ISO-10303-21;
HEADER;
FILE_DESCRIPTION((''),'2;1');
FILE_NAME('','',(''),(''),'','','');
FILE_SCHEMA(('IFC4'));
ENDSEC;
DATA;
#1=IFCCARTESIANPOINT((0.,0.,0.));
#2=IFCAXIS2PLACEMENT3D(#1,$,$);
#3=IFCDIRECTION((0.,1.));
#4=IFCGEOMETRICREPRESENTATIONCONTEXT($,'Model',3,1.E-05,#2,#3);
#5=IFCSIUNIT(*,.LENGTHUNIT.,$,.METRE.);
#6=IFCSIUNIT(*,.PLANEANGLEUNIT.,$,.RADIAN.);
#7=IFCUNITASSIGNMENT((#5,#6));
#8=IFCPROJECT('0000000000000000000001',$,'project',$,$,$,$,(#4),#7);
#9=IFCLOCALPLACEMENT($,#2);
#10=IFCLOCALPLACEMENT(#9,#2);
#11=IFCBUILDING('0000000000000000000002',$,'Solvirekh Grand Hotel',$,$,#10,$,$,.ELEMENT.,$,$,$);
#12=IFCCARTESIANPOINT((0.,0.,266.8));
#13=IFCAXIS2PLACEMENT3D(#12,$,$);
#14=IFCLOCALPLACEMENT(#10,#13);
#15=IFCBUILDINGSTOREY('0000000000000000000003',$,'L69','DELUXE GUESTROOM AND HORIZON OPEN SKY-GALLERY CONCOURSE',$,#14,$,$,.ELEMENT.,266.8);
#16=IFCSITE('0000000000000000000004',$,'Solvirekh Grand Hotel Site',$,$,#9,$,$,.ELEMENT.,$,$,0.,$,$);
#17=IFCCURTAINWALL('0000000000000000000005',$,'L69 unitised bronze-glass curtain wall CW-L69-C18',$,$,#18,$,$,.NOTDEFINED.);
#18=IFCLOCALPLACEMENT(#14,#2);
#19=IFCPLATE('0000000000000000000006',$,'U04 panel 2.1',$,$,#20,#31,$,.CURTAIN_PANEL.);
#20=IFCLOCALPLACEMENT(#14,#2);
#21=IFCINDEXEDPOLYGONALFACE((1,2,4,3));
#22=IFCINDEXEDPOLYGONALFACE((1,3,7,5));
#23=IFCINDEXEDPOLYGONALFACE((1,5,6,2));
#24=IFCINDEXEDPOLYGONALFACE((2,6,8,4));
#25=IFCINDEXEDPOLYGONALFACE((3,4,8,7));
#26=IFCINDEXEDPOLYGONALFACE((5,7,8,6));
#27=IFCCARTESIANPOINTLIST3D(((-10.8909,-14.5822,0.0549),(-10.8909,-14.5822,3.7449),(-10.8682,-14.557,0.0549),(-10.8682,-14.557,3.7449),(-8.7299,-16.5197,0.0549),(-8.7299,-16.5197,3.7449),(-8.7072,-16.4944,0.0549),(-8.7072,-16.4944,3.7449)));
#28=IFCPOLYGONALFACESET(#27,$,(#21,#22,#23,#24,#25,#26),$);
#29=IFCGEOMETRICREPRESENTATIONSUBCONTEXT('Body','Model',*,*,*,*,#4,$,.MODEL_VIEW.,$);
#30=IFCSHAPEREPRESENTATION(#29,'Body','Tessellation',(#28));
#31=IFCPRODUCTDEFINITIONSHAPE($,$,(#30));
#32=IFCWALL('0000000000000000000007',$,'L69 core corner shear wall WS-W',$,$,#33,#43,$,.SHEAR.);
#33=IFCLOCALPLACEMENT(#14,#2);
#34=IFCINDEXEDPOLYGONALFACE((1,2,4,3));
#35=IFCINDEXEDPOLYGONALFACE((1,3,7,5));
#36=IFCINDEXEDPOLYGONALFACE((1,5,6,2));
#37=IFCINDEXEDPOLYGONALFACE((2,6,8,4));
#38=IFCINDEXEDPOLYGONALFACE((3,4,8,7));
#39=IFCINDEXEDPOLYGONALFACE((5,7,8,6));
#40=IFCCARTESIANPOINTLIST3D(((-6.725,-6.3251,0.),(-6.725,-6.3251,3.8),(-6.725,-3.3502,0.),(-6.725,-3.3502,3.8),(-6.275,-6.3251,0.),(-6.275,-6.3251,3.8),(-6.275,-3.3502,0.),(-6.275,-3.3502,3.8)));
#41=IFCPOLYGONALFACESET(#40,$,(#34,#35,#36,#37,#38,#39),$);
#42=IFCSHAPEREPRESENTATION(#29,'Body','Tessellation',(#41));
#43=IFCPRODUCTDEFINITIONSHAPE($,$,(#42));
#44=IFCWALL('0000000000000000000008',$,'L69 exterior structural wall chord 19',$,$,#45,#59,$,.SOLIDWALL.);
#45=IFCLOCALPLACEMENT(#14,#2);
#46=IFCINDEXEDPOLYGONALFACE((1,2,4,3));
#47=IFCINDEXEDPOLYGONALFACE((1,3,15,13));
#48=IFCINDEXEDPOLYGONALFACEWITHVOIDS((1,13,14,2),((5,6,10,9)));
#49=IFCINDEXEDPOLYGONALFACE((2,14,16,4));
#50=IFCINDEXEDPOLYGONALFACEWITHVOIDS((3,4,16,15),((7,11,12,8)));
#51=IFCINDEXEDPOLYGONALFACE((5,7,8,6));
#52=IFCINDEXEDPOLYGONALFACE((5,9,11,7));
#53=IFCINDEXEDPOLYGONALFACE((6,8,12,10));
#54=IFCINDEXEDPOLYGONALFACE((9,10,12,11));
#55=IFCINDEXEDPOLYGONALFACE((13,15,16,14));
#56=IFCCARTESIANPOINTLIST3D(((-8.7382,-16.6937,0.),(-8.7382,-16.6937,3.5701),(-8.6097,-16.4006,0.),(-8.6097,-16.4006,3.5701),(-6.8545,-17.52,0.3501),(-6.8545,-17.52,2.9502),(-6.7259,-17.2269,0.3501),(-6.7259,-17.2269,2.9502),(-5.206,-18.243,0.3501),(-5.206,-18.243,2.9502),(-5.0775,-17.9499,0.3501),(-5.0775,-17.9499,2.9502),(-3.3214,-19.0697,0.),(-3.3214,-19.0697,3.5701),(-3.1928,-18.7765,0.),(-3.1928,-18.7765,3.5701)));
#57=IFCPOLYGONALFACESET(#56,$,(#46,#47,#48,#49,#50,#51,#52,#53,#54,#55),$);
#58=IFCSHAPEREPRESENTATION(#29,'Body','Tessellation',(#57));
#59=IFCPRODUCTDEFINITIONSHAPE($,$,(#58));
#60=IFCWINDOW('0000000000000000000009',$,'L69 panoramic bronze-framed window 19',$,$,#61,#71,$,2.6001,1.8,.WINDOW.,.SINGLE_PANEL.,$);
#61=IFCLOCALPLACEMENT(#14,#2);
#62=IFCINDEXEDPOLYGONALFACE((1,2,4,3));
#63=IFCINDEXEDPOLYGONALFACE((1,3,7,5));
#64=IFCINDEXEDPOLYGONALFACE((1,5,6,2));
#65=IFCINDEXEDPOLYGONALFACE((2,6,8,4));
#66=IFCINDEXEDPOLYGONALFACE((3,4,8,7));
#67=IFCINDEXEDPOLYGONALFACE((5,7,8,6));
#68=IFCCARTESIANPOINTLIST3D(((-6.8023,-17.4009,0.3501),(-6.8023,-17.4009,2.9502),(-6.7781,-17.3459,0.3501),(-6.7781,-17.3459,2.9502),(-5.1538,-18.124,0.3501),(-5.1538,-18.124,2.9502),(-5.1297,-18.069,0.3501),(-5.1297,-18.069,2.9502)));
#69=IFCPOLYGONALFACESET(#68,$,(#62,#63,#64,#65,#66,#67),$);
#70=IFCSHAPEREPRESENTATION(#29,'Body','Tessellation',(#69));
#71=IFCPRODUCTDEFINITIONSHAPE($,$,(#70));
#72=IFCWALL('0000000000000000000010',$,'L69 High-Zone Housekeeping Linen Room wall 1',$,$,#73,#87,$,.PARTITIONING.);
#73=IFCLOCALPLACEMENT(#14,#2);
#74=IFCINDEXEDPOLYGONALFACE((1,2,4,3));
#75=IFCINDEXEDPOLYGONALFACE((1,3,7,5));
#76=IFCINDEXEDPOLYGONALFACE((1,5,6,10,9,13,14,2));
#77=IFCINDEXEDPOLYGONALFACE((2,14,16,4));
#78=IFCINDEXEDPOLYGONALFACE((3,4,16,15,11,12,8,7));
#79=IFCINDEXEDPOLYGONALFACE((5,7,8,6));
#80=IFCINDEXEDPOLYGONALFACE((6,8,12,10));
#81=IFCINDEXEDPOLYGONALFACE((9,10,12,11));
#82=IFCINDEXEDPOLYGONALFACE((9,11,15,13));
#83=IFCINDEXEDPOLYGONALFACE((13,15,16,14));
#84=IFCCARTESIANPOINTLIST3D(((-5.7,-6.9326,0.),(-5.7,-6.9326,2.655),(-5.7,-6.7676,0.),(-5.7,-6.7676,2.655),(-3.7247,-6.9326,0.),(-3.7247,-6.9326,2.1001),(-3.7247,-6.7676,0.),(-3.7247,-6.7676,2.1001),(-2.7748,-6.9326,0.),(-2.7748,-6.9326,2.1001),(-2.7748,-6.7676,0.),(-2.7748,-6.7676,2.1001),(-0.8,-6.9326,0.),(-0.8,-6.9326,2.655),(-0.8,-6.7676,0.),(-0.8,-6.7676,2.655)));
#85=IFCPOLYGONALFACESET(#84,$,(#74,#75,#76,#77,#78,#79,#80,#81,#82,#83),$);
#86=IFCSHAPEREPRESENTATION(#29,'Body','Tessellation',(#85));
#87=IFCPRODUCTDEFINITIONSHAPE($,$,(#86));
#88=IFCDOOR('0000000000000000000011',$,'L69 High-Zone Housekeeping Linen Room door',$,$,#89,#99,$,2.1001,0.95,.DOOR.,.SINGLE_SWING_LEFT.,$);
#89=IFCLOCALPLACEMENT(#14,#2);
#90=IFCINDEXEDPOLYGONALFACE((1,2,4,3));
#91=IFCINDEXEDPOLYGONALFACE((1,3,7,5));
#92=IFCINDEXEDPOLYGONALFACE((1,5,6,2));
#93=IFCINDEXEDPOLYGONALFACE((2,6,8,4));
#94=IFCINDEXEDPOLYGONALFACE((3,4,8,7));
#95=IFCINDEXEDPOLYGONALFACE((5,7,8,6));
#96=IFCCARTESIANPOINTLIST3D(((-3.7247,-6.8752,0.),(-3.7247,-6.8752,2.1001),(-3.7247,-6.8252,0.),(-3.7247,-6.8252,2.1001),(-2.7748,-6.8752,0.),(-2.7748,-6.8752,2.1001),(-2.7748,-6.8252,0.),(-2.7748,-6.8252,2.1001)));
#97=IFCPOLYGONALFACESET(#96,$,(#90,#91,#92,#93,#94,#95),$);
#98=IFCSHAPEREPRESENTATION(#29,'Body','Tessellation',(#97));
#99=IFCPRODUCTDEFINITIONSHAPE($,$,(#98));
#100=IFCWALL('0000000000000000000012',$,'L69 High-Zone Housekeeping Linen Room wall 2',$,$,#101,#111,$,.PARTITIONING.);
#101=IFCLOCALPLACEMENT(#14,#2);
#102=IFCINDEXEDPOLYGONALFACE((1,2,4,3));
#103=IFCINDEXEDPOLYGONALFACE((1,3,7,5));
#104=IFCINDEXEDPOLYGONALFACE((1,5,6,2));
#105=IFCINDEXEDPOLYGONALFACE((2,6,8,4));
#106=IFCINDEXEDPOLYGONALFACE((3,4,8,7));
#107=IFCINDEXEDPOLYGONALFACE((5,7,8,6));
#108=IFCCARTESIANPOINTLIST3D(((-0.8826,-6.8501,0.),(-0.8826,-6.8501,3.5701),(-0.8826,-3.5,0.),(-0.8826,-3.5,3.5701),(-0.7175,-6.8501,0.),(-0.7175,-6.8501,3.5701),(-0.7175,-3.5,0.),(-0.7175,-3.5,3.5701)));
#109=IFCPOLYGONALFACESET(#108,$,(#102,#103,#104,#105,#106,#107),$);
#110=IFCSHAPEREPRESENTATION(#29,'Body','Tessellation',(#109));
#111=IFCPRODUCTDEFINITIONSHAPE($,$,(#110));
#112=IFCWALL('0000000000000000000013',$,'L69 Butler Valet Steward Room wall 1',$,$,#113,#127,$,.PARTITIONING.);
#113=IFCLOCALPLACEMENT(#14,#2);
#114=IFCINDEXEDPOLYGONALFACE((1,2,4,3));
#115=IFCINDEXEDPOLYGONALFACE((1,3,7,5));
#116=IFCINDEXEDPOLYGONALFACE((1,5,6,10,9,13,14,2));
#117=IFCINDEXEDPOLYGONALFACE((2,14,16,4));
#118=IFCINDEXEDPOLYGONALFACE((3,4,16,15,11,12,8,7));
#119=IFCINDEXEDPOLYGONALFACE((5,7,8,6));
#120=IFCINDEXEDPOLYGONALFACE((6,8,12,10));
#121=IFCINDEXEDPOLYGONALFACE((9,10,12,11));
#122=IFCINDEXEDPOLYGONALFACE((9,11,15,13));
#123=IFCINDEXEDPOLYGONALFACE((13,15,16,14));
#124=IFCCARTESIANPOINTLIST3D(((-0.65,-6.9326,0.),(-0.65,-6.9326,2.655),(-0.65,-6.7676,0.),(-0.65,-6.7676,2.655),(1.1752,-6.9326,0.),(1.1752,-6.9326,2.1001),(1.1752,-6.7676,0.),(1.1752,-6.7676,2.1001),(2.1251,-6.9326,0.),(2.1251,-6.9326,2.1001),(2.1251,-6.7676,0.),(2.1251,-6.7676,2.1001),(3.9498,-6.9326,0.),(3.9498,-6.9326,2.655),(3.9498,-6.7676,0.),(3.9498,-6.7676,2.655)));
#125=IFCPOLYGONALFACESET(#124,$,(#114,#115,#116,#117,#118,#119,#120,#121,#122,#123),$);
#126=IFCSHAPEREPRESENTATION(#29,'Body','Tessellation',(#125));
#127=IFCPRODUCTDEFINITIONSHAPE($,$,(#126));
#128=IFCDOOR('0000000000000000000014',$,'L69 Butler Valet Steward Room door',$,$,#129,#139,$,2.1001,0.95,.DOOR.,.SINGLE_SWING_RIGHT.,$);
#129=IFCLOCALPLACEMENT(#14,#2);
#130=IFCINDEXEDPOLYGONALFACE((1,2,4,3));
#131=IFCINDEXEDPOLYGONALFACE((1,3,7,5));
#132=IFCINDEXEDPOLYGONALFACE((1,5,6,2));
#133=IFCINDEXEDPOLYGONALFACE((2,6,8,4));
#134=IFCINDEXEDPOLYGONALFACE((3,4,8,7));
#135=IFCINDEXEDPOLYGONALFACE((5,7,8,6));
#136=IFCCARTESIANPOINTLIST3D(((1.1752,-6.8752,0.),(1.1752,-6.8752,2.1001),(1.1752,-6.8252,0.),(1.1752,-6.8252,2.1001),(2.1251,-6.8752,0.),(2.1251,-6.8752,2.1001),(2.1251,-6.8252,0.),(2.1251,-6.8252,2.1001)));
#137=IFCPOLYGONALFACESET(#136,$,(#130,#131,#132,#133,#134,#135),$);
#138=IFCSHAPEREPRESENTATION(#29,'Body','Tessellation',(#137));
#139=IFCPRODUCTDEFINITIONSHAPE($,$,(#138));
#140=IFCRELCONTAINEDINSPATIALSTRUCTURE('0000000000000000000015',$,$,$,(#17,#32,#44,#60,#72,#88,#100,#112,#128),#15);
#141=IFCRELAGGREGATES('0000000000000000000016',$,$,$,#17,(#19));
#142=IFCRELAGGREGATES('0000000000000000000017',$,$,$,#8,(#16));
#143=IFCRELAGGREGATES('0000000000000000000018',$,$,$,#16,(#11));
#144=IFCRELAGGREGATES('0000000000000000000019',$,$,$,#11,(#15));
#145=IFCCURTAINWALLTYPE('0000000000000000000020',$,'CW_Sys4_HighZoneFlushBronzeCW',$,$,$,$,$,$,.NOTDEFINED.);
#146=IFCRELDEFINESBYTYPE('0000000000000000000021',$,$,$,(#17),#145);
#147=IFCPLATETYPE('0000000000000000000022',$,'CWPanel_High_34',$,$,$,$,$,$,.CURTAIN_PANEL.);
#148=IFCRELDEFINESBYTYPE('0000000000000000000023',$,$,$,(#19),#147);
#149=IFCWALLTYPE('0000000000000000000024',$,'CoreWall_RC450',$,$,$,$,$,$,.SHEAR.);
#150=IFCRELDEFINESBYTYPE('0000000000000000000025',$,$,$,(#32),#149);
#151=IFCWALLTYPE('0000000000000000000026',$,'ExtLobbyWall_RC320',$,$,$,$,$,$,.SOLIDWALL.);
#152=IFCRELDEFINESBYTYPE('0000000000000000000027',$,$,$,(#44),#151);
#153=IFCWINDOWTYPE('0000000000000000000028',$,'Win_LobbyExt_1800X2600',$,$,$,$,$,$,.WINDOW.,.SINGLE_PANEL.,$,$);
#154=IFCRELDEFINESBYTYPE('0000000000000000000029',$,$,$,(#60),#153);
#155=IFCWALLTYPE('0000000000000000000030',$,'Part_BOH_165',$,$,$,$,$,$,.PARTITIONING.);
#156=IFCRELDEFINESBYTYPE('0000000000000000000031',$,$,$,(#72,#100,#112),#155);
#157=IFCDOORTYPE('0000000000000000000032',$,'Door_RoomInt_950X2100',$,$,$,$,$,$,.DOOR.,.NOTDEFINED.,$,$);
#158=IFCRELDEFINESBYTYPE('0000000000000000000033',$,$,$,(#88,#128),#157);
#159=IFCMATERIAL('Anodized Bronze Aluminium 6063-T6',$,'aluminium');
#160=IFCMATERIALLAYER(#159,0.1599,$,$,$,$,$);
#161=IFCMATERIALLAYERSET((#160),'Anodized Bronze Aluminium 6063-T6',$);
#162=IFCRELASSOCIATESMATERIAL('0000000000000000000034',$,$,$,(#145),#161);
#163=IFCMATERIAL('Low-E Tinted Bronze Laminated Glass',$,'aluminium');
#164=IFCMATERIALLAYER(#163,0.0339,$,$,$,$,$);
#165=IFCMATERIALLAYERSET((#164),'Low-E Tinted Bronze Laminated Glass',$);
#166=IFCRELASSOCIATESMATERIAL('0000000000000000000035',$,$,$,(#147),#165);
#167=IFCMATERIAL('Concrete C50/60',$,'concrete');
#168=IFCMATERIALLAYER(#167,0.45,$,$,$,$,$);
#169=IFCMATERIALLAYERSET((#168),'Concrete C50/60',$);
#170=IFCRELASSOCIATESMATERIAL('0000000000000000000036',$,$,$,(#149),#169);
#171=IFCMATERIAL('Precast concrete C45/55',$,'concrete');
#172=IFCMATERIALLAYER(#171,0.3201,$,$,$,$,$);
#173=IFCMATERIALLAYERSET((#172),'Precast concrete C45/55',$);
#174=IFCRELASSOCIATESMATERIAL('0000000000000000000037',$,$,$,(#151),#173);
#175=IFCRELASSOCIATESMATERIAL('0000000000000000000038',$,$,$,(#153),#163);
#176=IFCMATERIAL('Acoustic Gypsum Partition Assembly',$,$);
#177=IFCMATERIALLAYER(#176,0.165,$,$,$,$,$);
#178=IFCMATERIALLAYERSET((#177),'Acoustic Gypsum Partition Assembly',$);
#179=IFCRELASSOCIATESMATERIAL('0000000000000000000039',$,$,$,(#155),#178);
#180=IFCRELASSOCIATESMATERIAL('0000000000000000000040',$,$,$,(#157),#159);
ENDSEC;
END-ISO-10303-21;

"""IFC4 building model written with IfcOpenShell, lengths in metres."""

from ifc_helpers import new_model, si_unit, direction, frame, frame_2d, origin, origin_2d, place, context, subcontext, project, spatial, rectangle, extrude, source, transform, mapped, material, layer, layer_set, type_object, element, fill, aggregate, save


model = new_model("IFC4")

# Units and contexts
model_context = context("Model", 3, precision=1e-05, world=origin(), true_north=direction((0.0, 1.0)))
body_context = subcontext(model_context, "Body", "Model", "MODEL_VIEW")
ifc_project = project(units=[si_unit("LENGTHUNIT", "METRE"), si_unit("PLANEANGLEUNIT", "RADIAN")], contexts=[model_context])

# Site, building, storey
site_placement = place(None, origin())
site = spatial("IfcSite", under=ifc_project, at=site_placement, Name="Solvirekh Grand Hotel Site", CompositionType="ELEMENT", RefElevation=0.0)
building_placement = place(site_placement, origin())
building = spatial("IfcBuilding", under=site, at=building_placement, Name="Solvirekh Grand Hotel", CompositionType="ELEMENT")
storey_placement = place(building_placement, frame((0.0, 0.0, 266.8)))
storey = spatial("IfcBuildingStorey", under=building, at=storey_placement, Name="L69", Description="DELUXE GUESTROOM AND HORIZON OPEN SKY-GALLERY CONCOURSE", CompositionType="ELEMENT", Elevation=266.8)

# Shared definitions
ifc_material_1 = material(Name="Concrete C50/60", Category="concrete")

# Curtain wall, plate
ifc_material_2 = material(Name="Anodized Bronze Aluminium 6063-T6", Category="aluminium")
ifc_layer_1 = layer(ifc_material_2, 0.1599)
ifc_layer_set_1 = layer_set([ifc_layer_1], Name="Anodized Bronze Aluminium 6063-T6")
curtain_wall_type = type_object("IfcCurtainWallType", Name="CW_Sys4_HighZoneFlushBronzeCW", PredefinedType="NOTDEFINED", material=ifc_layer_set_1)
curtain_wall_placement = place(storey_placement, origin())
curtain_wall = element("IfcCurtainWall", 1, at=curtain_wall_placement, inside=storey, type_object=curtain_wall_type, Name="L69 unitised bronze-glass curtain wall CW-L69-C18", PredefinedType="NOTDEFINED")
ifc_material_3 = material(Name="Low-E Tinted Bronze Laminated Glass", Category="aluminium")
ifc_layer_2 = layer(ifc_material_3, 0.0339)
ifc_layer_set_2 = layer_set([ifc_layer_2], Name="Low-E Tinted Bronze Laminated Glass")
plate_type = type_object("IfcPlateType", Name="CWPanel_High_34", PredefinedType="CURTAIN_PANEL", material=ifc_layer_set_2)
shared_shape_1 = source(origin(), body_context, "Body", "SweptSolid", [
    extrude(rectangle(XDim=2.9023, YDim=0.0339, at=origin_2d()), origin(), (0.0, 0.0, 1.0), 3.6899),
])
plate_placement = place(storey_placement, frame((-9.7991, -15.5383, 0.0549), z_axis=(0.0, 0.0, 1.0), x_axis=(0.744572, -0.667542, 0.0)))
plate = element("IfcPlate", 2, at=plate_placement, type_object=plate_type, Name="U04 panel 2.1", PredefinedType="CURTAIN_PANEL", context=body_context, shape_type="MappedRepresentation", body=[
    mapped(shared_shape_1, transform((0.0, 0.0, 0.0), x_axis=(1.0, 0.0, 0.0), y_axis=(0.0, 1.0, 0.0), z_axis=(0.0, 0.0, 1.0), scale=1.0)),
])
aggregate(curtain_wall, [plate])

# Wall
ifc_layer_3 = layer(ifc_material_1, 0.45)
ifc_layer_set_3 = layer_set([ifc_layer_3], Name="Concrete C50/60")
wall_type_1 = type_object("IfcWallType", Name="CoreWall_RC450", PredefinedType="SHEAR", material=ifc_layer_set_3)
wall_1_placement = place(storey_placement, frame((-6.5, -6.325, 0.0), z_axis=(0.0, 0.0, 1.0), x_axis=(0.0, 1.0, 0.0)))
element("IfcWall", 3, at=wall_1_placement, inside=storey, type_object=wall_type_1, Name="L69 core corner shear wall WS-W", PredefinedType="SHEAR", context=body_context, shape_type="SweptSolid", body=[
    extrude(rectangle(XDim=2.9749, YDim=0.45, at=frame_2d((1.4873, 0.0))), origin(), (0.0, 0.0, 1.0), 3.8),
])

# Wall, opening, window
ifc_material_4 = material(Name="Precast concrete C45/55", Category="concrete")
ifc_layer_4 = layer(ifc_material_4, 0.3201)
ifc_layer_set_4 = layer_set([ifc_layer_4], Name="Precast concrete C45/55")
wall_type_2 = type_object("IfcWallType", Name="ExtLobbyWall_RC320", PredefinedType="SOLIDWALL", material=ifc_layer_set_4)
wall_2_placement = place(storey_placement, frame((-3.2571, -18.9231, 0.0), z_axis=(0.0, 0.0, 1.0), x_axis=(-0.915782, 0.401676, 0.0)))
wall_2 = element("IfcWall", 4, at=wall_2_placement, inside=storey, type_object=wall_type_2, Name="L69 exterior structural wall chord 19", PredefinedType="SOLIDWALL", context=body_context, shape_type="SweptSolid", body=[
    extrude(rectangle(XDim=5.915, YDim=0.3201, at=frame_2d((2.9575, 0.0))), origin(), (0.0, 0.0, 1.0), 3.5701),
])
opening_1_placement = place(wall_2_placement, frame((2.0581, 0.0, 0.3501)))
opening_1 = element("IfcOpeningElement", 5, at=opening_1_placement, cuts=wall_2, PredefinedType="OPENING", context=body_context, shape_type="SweptSolid", body=[
    extrude(rectangle(XDim=1.8, YDim=2.6001, at=frame_2d((0.8999, 1.3))), frame((0.0, 0.1699, 0.0), z_axis=(0.0, -1.0, 0.0), x_axis=(1.0, 0.0, 0.0)), (0.0, 0.0, 1.0), 0.3401),
])
window_type = type_object("IfcWindowType", Name="Win_LobbyExt_1800X2600", PartitioningType="SINGLE_PANEL", PredefinedType="WINDOW", material=ifc_material_3)
window_placement = place(opening_1_placement, origin())
window = element("IfcWindow", 6, at=window_placement, inside=storey, type_object=window_type, Name="L69 panoramic bronze-framed window 19", OverallHeight=2.6001, OverallWidth=1.8, PartitioningType="SINGLE_PANEL", PredefinedType="WINDOW", context=body_context, shape_type="SweptSolid", body=[
    extrude(rectangle(XDim=1.8, YDim=2.6001, at=frame_2d((0.8999, 1.3))), frame((0.0, 0.03, 0.0), z_axis=(0.0, -1.0, 0.0), x_axis=(1.0, 0.0, 0.0)), (0.0, 0.0, 1.0), 0.0601),
])
fill(opening_1, window)

# Wall, opening, door
ifc_material_5 = material(Name="Acoustic Gypsum Partition Assembly")
ifc_layer_5 = layer(ifc_material_5, 0.165)
ifc_layer_set_5 = layer_set([ifc_layer_5], Name="Acoustic Gypsum Partition Assembly")
wall_type_3 = type_object("IfcWallType", Name="Part_BOH_165", PredefinedType="PARTITIONING", material=ifc_layer_set_5)
wall_3_placement = place(storey_placement, frame((-5.7, -6.8501, 0.0), z_axis=(0.0, 0.0, 1.0), x_axis=(1.0, 0.0, 0.0)))
wall_3 = element("IfcWall", 7, at=wall_3_placement, inside=storey, type_object=wall_type_3, Name="L69 High-Zone Housekeeping Linen Room wall 1", PredefinedType="PARTITIONING", context=body_context, shape_type="SweptSolid", body=[
    extrude(rectangle(XDim=4.8999, YDim=0.165, at=frame_2d((2.45, 0.0))), origin(), (0.0, 0.0, 1.0), 2.655),
])
opening_2_placement = place(wall_3_placement, frame((1.9751, 0.0, 0.0)))
opening_2 = element("IfcOpeningElement", 8, at=opening_2_placement, cuts=wall_3, PredefinedType="OPENING", context=body_context, shape_type="SweptSolid", body=[
    extrude(rectangle(XDim=0.95, YDim=2.1001, at=frame_2d((0.4751, 1.05))), frame((0.0, 0.0925, 0.0), z_axis=(0.0, -1.0, 0.0), x_axis=(1.0, 0.0, 0.0)), (0.0, 0.0, 1.0), 0.1851),
])
door_type = type_object("IfcDoorType", Name="Door_RoomInt_950X2100", OperationType="NOTDEFINED", PredefinedType="DOOR", material=ifc_material_2)
door_1_placement = place(opening_2_placement, origin())
door_1 = element("IfcDoor", 9, at=door_1_placement, inside=storey, type_object=door_type, Name="L69 High-Zone Housekeeping Linen Room door", OperationType="SINGLE_SWING_LEFT", OverallHeight=2.1001, OverallWidth=0.95, PredefinedType="DOOR", context=body_context, shape_type="SweptSolid", body=[
    extrude(rectangle(XDim=0.95, YDim=2.1001, at=frame_2d((0.4751, 1.05))), frame((0.0, 0.0249, 0.0), z_axis=(0.0, -1.0, 0.0), x_axis=(1.0, 0.0, 0.0)), (0.0, 0.0, 1.0), 0.05),
])
fill(opening_2, door_1)

# Wall
wall_4_placement = place(storey_placement, frame((-0.8, -6.8501, 0.0), z_axis=(0.0, 0.0, 1.0), x_axis=(0.0, 1.0, 0.0)))
element("IfcWall", 10, at=wall_4_placement, inside=storey, type_object=wall_type_3, Name="L69 High-Zone Housekeeping Linen Room wall 2", PredefinedType="PARTITIONING", context=body_context, shape_type="SweptSolid", body=[
    extrude(rectangle(XDim=3.3501, YDim=0.165, at=frame_2d((1.675, 0.0))), origin(), (0.0, 0.0, 1.0), 3.5701),
])

# Wall, opening, door
wall_5_placement = place(storey_placement, frame((-0.6499, -6.8501, 0.0), z_axis=(0.0, 0.0, 1.0), x_axis=(1.0, 0.0, 0.0)))
wall_5 = element("IfcWall", 11, at=wall_5_placement, inside=storey, type_object=wall_type_3, Name="L69 Butler Valet Steward Room wall 1", PredefinedType="PARTITIONING", context=body_context, shape_type="SweptSolid", body=[
    extrude(rectangle(XDim=4.5999, YDim=0.165, at=frame_2d((2.2998, 0.0))), origin(), (0.0, 0.0, 1.0), 2.655),
])
opening_3_placement = place(wall_5_placement, frame((1.825, 0.0, 0.0)))
opening_3 = element("IfcOpeningElement", 12, at=opening_3_placement, cuts=wall_5, PredefinedType="OPENING", context=body_context, shape_type="SweptSolid", body=[
    extrude(rectangle(XDim=0.95, YDim=2.1001, at=frame_2d((0.4751, 1.05))), frame((0.0, 0.0925, 0.0), z_axis=(0.0, -1.0, 0.0), x_axis=(1.0, 0.0, 0.0)), (0.0, 0.0, 1.0), 0.1851),
])
door_2_placement = place(opening_3_placement, origin())
door_2 = element("IfcDoor", 13, at=door_2_placement, inside=storey, type_object=door_type, Name="L69 Butler Valet Steward Room door", OperationType="SINGLE_SWING_RIGHT", OverallHeight=2.1001, OverallWidth=0.95, PredefinedType="DOOR", context=body_context, shape_type="SweptSolid", body=[
    extrude(rectangle(XDim=0.95, YDim=2.1001, at=frame_2d((0.4751, 1.05))), frame((0.0, 0.0249, 0.0), z_axis=(0.0, -1.0, 0.0), x_axis=(1.0, 0.0, 0.0)), (0.0, 0.0, 1.0), 0.05),
])
fill(opening_3, door_2)

save(model, "model.ifc")
